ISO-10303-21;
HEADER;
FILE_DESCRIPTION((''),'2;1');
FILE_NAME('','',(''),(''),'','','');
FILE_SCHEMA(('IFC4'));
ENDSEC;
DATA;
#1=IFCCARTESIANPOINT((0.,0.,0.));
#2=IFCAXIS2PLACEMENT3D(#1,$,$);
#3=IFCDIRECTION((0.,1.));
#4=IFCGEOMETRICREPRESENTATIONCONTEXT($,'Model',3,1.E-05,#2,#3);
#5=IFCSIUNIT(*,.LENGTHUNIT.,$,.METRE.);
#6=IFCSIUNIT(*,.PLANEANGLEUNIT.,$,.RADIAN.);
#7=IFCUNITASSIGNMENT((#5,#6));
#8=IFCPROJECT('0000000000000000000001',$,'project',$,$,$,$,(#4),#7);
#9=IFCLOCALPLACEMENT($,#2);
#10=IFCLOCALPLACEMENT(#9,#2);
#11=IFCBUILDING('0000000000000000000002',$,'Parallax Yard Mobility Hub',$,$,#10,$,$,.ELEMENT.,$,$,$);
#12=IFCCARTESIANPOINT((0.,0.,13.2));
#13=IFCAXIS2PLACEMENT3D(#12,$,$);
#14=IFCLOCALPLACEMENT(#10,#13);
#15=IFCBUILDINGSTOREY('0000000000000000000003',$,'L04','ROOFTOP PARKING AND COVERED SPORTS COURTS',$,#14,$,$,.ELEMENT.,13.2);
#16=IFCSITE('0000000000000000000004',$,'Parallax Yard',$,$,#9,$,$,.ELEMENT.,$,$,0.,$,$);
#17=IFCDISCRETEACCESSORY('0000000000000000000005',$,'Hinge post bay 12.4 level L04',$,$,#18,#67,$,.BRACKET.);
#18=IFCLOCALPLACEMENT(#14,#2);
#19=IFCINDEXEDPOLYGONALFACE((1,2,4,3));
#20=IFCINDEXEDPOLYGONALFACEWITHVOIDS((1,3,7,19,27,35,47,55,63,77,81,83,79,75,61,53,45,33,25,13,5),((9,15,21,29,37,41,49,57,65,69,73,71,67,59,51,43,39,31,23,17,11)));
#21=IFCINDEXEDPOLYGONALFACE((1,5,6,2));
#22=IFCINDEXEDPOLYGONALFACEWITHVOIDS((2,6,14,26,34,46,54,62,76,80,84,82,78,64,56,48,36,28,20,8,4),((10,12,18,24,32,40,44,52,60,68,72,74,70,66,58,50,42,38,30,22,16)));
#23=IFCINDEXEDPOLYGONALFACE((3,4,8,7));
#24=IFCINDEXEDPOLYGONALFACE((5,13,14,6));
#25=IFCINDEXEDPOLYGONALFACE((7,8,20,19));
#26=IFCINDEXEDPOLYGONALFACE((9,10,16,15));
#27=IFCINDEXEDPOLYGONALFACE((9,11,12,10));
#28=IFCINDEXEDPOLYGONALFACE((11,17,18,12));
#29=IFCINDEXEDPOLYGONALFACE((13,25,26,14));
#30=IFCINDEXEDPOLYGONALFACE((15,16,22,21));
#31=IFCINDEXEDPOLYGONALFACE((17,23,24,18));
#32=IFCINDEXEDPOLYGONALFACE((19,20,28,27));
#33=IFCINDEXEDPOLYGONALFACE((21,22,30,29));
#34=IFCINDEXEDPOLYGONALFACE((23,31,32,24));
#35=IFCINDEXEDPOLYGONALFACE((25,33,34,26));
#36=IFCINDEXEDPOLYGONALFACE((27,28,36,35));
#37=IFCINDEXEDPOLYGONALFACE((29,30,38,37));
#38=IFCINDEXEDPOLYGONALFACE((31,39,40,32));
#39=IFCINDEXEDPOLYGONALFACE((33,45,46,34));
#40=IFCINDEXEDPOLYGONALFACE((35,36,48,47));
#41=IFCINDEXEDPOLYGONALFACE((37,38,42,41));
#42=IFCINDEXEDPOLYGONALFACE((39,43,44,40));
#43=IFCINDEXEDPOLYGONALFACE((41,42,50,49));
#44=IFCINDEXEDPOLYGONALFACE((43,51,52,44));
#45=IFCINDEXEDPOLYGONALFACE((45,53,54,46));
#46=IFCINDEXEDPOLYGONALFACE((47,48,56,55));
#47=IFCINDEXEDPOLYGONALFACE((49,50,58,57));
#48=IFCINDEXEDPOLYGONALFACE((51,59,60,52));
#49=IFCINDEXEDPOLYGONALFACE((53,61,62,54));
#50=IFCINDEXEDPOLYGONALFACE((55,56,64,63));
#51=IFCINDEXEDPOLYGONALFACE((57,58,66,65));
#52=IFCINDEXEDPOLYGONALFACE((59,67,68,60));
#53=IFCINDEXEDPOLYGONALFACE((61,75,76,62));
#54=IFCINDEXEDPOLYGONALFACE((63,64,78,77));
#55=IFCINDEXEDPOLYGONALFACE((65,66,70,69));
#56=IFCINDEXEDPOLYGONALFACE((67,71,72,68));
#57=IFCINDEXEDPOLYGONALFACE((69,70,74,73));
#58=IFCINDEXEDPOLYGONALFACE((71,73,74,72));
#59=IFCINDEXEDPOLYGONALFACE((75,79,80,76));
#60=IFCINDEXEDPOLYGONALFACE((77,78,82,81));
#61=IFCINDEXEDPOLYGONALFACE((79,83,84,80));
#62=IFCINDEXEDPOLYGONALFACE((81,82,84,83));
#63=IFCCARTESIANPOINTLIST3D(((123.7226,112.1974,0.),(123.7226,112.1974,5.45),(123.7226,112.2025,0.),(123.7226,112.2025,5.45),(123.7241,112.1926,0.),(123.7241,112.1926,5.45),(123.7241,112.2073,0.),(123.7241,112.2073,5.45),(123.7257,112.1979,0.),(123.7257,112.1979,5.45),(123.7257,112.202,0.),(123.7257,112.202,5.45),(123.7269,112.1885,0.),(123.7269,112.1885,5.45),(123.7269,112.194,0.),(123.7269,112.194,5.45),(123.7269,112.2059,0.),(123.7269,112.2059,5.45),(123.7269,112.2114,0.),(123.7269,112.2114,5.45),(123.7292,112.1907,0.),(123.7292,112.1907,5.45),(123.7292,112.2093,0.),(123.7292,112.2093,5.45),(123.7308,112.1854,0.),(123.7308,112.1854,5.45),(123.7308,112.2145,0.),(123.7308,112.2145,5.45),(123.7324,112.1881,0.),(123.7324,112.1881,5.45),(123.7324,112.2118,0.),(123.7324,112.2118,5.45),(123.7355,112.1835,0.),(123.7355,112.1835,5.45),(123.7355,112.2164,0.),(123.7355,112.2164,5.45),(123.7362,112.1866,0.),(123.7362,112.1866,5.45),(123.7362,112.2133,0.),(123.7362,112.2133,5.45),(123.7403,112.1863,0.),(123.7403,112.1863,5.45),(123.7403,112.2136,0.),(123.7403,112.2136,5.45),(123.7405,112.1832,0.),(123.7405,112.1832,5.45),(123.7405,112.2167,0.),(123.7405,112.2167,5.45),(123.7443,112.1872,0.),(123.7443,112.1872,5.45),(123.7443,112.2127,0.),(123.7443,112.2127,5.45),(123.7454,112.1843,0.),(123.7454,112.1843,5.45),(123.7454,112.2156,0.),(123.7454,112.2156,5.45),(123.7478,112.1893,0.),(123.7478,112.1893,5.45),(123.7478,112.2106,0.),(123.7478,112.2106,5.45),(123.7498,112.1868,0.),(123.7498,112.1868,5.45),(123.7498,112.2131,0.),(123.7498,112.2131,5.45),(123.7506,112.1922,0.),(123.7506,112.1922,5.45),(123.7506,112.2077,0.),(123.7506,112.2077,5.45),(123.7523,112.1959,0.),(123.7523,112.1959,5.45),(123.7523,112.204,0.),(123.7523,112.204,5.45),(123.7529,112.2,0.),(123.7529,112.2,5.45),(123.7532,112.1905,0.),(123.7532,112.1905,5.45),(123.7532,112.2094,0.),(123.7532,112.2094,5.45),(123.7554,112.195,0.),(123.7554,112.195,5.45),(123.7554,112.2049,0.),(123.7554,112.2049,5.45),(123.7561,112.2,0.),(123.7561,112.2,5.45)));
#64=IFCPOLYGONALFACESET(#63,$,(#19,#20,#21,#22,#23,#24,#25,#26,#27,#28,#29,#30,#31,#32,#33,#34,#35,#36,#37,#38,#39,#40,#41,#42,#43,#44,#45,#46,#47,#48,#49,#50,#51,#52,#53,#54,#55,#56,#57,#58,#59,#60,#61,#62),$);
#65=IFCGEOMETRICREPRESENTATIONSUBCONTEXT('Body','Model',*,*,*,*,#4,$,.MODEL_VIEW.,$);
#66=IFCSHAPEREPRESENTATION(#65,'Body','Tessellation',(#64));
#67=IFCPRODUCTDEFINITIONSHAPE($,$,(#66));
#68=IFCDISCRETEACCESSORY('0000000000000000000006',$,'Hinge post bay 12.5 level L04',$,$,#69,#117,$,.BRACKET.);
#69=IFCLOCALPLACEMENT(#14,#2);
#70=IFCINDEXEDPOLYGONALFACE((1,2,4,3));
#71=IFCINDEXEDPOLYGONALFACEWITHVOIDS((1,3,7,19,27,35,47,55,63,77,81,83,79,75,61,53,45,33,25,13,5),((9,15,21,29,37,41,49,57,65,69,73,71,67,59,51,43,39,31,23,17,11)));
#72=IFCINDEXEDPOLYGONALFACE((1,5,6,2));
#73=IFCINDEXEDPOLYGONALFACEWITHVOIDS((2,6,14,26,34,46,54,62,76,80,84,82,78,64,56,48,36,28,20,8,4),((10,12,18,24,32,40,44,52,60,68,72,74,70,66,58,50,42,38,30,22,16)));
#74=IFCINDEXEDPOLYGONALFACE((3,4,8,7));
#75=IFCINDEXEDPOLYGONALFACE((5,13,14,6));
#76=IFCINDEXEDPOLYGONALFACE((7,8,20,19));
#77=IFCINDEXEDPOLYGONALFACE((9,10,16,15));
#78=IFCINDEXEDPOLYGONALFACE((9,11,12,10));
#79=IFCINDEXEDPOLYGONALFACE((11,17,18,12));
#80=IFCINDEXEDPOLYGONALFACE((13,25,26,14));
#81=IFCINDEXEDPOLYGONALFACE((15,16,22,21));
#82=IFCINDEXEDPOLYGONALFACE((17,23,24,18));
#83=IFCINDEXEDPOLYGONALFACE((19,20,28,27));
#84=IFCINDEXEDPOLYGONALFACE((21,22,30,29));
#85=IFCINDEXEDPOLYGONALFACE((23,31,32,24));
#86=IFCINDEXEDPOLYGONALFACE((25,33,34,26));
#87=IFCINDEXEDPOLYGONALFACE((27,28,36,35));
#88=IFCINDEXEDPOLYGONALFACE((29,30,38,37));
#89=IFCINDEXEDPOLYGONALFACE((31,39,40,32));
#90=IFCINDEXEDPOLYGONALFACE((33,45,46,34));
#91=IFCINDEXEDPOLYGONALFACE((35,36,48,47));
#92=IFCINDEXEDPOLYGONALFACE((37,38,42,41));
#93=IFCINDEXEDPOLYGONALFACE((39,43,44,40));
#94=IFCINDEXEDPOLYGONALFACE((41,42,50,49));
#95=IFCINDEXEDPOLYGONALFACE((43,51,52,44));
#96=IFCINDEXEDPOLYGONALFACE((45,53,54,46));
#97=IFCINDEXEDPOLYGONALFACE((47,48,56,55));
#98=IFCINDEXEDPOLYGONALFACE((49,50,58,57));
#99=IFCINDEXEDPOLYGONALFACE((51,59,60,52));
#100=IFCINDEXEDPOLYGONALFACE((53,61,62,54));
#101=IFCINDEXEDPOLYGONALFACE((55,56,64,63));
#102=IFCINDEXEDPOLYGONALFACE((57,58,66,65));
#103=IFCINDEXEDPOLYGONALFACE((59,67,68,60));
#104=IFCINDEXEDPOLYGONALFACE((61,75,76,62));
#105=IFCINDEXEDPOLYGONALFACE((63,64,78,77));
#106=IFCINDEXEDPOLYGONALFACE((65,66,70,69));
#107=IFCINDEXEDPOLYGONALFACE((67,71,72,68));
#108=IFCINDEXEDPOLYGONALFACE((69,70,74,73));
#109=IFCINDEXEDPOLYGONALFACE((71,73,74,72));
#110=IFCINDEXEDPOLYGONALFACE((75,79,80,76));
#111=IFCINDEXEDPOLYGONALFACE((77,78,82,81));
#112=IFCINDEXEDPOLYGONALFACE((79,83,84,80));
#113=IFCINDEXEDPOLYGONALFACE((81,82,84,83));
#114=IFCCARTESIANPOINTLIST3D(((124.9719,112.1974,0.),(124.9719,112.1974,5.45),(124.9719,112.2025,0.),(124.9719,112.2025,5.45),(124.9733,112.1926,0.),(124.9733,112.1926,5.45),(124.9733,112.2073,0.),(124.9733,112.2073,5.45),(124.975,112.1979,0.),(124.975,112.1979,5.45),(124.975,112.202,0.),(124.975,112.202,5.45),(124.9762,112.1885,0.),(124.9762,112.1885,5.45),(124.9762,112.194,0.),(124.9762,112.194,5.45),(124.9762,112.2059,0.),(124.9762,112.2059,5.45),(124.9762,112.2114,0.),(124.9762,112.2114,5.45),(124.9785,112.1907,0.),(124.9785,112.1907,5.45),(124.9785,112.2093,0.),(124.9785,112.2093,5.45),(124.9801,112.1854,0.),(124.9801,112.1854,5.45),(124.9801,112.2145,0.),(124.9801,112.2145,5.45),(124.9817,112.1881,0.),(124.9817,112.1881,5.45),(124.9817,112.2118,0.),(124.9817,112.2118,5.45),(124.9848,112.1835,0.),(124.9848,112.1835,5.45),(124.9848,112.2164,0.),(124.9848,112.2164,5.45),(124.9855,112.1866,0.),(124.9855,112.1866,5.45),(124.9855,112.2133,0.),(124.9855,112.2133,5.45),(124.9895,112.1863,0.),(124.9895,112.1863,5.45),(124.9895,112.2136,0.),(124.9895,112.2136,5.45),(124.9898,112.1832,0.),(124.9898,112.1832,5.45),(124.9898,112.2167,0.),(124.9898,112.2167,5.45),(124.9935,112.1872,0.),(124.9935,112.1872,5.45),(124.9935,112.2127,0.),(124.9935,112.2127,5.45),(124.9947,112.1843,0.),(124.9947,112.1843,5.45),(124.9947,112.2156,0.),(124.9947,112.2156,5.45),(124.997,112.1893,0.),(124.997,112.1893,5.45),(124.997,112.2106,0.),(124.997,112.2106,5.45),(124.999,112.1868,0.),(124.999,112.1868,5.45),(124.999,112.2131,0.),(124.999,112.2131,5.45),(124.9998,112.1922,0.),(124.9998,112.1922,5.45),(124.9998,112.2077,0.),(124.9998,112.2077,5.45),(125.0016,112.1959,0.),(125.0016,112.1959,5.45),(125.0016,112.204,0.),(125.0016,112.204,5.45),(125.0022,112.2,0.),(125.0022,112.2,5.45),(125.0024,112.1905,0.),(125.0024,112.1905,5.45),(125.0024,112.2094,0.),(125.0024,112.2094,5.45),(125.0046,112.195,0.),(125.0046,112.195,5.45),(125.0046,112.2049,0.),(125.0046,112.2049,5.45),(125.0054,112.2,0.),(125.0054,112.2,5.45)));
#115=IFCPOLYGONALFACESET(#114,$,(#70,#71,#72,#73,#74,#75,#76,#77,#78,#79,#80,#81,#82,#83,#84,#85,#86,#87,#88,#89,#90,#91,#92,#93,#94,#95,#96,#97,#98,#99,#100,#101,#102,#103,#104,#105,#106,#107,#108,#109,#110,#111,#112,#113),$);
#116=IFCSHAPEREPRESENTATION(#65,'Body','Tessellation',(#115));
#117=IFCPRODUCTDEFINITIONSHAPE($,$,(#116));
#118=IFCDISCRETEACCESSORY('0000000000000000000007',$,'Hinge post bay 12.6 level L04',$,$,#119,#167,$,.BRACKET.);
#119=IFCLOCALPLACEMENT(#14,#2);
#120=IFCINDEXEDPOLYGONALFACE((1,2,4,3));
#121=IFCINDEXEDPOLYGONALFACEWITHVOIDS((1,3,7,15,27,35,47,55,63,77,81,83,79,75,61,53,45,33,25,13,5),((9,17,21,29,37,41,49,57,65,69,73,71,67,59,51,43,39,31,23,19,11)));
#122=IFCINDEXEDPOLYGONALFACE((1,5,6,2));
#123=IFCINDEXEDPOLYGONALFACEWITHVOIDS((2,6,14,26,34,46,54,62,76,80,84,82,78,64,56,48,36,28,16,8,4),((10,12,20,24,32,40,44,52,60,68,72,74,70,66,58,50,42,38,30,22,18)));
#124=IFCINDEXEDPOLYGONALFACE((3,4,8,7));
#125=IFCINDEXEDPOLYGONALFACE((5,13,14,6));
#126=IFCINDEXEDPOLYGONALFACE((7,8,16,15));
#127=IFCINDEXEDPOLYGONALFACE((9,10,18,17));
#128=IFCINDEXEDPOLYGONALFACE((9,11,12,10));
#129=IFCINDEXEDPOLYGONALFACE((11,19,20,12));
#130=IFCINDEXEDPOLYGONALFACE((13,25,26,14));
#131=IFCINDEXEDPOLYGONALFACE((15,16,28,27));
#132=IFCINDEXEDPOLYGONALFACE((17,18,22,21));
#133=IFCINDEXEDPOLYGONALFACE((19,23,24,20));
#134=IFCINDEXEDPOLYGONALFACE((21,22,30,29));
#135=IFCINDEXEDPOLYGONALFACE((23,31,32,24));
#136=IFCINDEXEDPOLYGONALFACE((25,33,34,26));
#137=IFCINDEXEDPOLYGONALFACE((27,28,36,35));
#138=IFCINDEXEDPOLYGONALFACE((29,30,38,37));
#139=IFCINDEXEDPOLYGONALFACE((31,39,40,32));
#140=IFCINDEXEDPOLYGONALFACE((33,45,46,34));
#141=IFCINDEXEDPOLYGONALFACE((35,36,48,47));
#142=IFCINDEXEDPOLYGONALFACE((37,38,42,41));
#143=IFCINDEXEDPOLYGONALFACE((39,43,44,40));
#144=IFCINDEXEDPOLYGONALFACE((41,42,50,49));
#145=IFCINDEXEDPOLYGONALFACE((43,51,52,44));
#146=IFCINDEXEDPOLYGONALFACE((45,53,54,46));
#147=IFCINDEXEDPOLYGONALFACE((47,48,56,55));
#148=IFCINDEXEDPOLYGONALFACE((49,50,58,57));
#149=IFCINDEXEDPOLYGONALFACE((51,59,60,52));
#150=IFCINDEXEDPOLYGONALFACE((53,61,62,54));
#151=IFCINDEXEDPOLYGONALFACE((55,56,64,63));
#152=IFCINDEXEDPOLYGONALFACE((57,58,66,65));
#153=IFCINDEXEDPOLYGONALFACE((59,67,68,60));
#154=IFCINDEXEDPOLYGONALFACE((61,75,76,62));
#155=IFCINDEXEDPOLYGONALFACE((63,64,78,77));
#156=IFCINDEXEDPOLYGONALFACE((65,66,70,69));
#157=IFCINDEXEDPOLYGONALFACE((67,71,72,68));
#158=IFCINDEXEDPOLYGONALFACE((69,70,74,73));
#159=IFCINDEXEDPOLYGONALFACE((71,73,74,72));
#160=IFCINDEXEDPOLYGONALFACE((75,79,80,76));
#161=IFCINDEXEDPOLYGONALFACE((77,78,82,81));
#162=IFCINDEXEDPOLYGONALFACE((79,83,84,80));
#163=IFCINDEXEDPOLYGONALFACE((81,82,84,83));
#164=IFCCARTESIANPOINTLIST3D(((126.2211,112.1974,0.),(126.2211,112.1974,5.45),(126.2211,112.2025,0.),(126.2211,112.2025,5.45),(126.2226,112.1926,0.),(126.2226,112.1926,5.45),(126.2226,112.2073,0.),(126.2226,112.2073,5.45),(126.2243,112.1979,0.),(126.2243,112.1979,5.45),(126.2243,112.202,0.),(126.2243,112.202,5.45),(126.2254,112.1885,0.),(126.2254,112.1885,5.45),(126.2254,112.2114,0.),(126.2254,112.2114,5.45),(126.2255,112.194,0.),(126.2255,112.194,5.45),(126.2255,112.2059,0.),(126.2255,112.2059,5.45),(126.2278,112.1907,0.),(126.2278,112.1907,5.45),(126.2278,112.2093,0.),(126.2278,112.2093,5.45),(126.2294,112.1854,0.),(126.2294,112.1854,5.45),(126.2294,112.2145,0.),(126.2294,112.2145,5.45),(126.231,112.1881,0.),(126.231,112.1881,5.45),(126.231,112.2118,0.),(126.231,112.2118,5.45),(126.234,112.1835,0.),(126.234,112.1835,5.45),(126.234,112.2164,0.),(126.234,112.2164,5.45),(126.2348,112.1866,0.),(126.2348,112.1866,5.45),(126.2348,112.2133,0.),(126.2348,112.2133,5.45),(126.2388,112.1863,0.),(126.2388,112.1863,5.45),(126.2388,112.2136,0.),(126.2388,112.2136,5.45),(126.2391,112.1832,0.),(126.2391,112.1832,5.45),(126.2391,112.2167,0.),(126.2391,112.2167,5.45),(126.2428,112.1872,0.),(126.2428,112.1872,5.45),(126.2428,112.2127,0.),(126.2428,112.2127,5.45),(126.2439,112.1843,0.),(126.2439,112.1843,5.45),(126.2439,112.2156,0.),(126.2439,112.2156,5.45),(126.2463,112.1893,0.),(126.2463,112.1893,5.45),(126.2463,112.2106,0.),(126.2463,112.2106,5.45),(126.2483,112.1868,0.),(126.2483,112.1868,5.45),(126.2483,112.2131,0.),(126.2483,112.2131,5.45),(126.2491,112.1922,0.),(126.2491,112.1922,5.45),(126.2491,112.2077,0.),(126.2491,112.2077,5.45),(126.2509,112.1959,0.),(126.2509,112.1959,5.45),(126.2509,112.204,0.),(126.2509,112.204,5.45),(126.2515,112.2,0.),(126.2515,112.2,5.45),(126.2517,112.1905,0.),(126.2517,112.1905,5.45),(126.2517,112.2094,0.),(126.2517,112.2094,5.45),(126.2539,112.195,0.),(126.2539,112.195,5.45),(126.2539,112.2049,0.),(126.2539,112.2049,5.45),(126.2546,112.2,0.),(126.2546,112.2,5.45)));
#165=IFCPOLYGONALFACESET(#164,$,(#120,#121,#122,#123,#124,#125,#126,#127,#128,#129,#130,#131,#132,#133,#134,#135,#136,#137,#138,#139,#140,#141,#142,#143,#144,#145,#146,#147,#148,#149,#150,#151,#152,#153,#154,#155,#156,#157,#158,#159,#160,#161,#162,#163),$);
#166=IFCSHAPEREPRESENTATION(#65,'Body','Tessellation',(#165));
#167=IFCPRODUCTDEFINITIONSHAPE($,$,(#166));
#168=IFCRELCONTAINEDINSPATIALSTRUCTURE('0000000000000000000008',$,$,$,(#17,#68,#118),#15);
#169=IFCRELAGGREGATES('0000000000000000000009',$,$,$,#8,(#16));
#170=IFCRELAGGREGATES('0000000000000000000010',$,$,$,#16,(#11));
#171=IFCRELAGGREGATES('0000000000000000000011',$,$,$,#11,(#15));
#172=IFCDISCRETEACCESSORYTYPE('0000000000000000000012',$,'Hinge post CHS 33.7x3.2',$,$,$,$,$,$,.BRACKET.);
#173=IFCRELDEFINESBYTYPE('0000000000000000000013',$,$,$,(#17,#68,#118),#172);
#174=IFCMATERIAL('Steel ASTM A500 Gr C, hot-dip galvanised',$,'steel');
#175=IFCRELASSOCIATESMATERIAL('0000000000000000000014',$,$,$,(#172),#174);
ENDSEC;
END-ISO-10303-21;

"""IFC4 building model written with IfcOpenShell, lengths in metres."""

from ifc_helpers import new_model, si_unit, direction, frame, origin, origin_2d, place, context, subcontext, project, spatial, hollow_circle, extrude, material, material_profile, profile_set, type_object, element, save


model = new_model("IFC4")

# Units and contexts
model_context = context("Model", 3, precision=1e-05, world=origin(), true_north=direction((0.0, 1.0)))
body_context = subcontext(model_context, "Body", "Model", "MODEL_VIEW")
ifc_project = project(units=[si_unit("LENGTHUNIT", "METRE"), si_unit("PLANEANGLEUNIT", "RADIAN")], contexts=[model_context])

# Site, building, storey
site_placement = place(None, origin())
site = spatial("IfcSite", under=ifc_project, at=site_placement, Name="Parallax Yard", CompositionType="ELEMENT", RefElevation=0.0)
building_placement = place(site_placement, origin())
building = spatial("IfcBuilding", under=site, at=building_placement, Name="Parallax Yard Mobility Hub", CompositionType="ELEMENT")
storey_placement = place(building_placement, frame((0.0, 0.0, 13.2)))
storey = spatial("IfcBuildingStorey", under=building, at=storey_placement, Name="L04", Description="ROOFTOP PARKING AND COVERED SPORTS COURTS", CompositionType="ELEMENT", Elevation=13.2)

# Discrete accessories
ifc_material_1 = material(Name="Steel ASTM A500 Gr C, hot-dip galvanised", Category="steel")
ifc_material_profile_1 = material_profile(ifc_material_1, hollow_circle(Radius=0.0168, WallThickness=0.0032, at=origin_2d()), Name="CHS 33.7x3.2")
ifc_profile_set_1 = profile_set([ifc_material_profile_1], Name="Steel ASTM A500 Gr C, hot-dip galvanised")
discrete_accessory_type_1 = type_object("IfcDiscreteAccessoryType", Name="Hinge post CHS 33.7x3.2", PredefinedType="BRACKET", material=ifc_profile_set_1)
for number, where, z_axis, x_axis, name in (
    (1, (123.7393, 112.2, 0.0), (0.0, 0.0, 1.0), (1.0, 0.0, 0.0), "Hinge post bay 12.4 level L04"),
    (2, (124.9885, 112.2, 0.0), (0.0, 0.0, 1.0), (1.0, 0.0, 0.0), "Hinge post bay 12.5 level L04"),
    (3, (126.2378, 112.2, 0.0), (0.0, 0.0, 1.0), (1.0, 0.0, 0.0), "Hinge post bay 12.6 level L04"),
):
    element("IfcDiscreteAccessory", number, at=place(storey_placement, frame(where, z_axis=z_axis, x_axis=x_axis)), inside=storey, type_object=discrete_accessory_type_1, Name=name, PredefinedType="BRACKET", context=body_context, shape_type="SweptSolid", body=[
        extrude(hollow_circle(Radius=0.0168, WallThickness=0.0032, at=origin_2d()), origin(), (0.0, 0.0, 1.0), 5.45),
    ])

save(model, "model.ifc")
